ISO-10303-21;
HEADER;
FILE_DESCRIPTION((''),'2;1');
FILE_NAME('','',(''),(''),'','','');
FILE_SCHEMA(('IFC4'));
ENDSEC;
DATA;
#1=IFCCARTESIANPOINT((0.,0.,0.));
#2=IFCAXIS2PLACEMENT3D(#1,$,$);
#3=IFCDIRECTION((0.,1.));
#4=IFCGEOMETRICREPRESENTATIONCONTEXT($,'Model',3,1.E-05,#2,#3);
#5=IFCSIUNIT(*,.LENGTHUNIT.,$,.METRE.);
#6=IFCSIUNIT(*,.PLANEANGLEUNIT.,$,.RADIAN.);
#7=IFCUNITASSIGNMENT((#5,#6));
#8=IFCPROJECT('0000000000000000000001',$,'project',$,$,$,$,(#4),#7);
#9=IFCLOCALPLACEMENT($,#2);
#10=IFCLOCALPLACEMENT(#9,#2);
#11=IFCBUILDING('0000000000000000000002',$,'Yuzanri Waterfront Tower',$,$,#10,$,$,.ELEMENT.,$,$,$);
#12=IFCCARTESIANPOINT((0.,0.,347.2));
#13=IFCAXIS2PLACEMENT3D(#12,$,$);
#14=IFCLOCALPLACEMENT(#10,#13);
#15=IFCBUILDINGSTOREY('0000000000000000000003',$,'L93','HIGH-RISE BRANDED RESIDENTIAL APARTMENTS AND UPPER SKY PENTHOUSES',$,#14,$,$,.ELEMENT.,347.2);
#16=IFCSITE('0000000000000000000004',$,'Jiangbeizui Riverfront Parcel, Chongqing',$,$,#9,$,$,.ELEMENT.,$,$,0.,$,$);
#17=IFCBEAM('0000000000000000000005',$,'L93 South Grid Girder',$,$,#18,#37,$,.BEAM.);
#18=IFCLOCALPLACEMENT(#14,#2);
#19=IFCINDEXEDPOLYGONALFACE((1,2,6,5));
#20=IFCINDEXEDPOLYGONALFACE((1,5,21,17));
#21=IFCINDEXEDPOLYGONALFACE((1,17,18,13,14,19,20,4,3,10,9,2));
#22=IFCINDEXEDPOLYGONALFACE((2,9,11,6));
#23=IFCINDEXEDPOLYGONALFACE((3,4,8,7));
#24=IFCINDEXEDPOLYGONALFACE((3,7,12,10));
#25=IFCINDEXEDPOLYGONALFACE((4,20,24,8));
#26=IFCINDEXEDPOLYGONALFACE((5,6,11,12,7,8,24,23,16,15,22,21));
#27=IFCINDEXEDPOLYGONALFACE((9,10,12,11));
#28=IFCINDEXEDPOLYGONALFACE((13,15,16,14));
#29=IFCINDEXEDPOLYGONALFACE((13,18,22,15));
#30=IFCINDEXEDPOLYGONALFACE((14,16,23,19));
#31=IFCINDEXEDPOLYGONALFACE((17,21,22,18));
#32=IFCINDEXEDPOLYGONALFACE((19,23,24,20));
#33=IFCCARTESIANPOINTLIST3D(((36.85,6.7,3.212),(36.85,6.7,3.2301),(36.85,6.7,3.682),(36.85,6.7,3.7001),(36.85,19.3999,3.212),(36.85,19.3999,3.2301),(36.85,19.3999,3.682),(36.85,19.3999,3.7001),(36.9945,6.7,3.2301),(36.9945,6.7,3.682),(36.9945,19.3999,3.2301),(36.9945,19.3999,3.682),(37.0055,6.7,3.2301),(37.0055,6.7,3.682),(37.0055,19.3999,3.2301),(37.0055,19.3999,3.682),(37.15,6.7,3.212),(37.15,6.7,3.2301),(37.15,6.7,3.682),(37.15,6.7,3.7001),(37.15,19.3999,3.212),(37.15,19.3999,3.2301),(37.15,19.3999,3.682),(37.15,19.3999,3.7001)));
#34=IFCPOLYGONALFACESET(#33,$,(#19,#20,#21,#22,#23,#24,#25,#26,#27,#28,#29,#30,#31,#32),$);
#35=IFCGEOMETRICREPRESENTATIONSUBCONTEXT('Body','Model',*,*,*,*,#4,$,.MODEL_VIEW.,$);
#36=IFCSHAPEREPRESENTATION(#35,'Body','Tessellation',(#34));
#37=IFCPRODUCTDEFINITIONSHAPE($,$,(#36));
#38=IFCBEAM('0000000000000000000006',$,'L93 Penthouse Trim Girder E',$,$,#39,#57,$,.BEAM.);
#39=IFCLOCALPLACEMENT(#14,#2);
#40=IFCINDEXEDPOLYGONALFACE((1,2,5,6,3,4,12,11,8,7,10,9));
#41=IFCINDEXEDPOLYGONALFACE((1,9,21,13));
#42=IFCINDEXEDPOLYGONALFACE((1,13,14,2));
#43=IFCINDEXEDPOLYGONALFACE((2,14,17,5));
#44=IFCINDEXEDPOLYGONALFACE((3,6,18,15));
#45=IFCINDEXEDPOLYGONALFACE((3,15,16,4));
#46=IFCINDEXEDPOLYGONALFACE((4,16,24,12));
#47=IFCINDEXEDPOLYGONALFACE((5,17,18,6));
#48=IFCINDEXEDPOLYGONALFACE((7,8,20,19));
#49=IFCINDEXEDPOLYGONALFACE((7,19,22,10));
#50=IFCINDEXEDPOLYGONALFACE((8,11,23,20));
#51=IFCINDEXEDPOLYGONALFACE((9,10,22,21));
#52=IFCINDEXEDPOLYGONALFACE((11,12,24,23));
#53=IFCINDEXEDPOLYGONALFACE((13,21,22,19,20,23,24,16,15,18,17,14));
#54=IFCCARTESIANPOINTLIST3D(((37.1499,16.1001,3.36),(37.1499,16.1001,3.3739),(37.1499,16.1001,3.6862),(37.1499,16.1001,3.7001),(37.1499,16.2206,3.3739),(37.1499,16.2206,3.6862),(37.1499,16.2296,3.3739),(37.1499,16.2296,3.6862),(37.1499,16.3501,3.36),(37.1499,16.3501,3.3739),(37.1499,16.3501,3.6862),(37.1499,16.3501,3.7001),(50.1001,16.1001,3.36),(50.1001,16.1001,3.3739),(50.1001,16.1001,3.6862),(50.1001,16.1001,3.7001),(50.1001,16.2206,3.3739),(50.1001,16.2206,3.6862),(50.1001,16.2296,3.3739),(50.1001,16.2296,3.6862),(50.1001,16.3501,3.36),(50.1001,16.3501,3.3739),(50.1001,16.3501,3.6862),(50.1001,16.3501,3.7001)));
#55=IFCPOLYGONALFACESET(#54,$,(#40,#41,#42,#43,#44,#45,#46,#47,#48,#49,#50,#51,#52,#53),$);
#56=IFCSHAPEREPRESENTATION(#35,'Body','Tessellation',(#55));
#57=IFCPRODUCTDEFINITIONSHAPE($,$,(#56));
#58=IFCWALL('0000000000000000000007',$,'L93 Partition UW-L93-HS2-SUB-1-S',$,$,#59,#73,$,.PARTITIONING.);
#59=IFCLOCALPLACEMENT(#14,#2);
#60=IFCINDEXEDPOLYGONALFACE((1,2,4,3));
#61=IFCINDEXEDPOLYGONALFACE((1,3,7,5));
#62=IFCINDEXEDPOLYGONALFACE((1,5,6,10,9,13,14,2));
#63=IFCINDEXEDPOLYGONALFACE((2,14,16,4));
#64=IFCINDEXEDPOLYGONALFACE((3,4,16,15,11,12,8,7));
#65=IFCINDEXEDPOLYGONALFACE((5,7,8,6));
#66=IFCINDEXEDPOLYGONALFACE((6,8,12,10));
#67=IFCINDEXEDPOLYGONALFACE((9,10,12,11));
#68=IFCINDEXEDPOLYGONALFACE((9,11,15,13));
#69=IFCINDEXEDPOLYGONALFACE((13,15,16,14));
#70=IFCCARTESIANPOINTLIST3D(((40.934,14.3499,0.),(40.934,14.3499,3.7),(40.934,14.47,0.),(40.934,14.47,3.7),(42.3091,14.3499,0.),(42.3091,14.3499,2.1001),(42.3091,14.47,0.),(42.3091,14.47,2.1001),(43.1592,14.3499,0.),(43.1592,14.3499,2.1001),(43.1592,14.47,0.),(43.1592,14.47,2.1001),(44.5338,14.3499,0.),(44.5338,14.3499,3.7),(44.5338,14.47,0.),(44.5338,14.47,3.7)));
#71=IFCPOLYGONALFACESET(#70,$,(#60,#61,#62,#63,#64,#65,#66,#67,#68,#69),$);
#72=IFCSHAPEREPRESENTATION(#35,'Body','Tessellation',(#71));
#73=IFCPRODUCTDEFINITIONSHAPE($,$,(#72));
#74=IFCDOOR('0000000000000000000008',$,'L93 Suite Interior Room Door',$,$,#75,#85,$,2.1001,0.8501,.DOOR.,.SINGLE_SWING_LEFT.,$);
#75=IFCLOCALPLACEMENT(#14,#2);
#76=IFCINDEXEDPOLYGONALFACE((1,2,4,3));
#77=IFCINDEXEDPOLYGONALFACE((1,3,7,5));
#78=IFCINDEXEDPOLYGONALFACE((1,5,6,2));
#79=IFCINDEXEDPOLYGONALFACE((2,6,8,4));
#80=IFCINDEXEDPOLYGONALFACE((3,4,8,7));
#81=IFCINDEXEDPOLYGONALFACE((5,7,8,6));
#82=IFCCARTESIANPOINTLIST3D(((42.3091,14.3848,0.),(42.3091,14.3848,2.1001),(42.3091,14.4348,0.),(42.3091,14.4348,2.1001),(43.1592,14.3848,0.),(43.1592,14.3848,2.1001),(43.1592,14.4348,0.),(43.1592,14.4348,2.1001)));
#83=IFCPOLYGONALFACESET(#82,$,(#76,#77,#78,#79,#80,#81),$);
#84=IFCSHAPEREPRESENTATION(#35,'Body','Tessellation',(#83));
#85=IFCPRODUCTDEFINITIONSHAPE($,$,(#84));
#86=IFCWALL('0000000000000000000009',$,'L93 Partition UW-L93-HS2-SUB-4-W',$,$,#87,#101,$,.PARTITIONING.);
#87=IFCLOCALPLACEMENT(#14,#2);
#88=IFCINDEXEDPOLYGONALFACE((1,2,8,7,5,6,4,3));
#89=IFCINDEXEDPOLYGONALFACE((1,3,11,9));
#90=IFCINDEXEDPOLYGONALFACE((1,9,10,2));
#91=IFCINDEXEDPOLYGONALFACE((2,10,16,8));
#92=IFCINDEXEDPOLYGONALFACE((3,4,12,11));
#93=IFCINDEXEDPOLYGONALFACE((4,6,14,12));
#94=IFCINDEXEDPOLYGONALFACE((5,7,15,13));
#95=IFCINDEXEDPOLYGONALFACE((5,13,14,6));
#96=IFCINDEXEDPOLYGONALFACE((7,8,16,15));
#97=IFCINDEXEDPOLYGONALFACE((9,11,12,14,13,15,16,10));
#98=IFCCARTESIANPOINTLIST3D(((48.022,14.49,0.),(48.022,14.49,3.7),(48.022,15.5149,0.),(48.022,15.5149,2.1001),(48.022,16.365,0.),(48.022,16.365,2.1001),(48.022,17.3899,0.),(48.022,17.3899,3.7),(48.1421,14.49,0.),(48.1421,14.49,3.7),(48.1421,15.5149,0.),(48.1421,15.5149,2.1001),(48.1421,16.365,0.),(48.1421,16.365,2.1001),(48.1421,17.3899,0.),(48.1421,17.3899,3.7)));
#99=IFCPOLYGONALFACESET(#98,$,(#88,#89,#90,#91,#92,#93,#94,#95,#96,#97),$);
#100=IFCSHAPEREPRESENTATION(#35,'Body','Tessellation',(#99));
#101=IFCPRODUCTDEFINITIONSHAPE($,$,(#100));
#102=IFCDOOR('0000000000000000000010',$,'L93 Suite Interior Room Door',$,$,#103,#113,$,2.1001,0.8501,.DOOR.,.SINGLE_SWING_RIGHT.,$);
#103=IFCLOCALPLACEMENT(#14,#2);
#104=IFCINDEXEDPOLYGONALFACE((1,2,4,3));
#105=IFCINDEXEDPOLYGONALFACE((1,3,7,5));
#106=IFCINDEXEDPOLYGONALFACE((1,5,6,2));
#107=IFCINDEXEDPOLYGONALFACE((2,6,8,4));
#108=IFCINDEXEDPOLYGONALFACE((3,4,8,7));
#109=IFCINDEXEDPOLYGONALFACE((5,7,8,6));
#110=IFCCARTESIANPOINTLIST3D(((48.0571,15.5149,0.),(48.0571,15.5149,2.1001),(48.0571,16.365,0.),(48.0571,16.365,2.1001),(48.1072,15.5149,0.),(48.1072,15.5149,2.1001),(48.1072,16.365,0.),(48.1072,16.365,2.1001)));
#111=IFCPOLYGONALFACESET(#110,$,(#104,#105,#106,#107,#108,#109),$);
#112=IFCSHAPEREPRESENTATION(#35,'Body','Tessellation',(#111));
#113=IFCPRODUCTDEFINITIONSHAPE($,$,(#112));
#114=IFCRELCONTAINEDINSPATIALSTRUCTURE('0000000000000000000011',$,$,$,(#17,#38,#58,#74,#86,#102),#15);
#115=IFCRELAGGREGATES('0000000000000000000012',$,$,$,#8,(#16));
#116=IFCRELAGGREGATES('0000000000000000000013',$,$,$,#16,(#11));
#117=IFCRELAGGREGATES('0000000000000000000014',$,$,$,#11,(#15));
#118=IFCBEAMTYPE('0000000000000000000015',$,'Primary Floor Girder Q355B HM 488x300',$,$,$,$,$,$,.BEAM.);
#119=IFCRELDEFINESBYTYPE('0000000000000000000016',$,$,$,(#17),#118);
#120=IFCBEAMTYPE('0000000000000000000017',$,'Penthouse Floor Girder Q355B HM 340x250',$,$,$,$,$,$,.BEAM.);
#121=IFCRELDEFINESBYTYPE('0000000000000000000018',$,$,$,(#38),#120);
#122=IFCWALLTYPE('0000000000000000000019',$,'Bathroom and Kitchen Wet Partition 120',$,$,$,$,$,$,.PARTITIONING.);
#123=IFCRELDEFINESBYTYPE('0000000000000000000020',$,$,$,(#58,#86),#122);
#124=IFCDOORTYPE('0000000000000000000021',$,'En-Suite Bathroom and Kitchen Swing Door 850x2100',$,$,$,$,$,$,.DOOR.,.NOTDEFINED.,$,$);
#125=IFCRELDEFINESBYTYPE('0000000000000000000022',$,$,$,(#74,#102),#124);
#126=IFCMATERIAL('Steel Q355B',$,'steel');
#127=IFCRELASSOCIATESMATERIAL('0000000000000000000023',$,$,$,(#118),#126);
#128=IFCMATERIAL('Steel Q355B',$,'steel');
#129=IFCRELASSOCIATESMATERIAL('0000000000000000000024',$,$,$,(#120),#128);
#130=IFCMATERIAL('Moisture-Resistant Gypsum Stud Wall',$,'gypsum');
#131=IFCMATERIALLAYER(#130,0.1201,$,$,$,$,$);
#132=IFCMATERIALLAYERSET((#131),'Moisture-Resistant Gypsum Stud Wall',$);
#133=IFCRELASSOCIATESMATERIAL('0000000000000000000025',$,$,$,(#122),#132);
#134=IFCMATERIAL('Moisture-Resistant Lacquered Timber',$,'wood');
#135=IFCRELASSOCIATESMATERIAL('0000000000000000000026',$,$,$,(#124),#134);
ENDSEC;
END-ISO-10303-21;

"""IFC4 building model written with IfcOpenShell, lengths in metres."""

from ifc_helpers import new_model, si_unit, direction, frame, frame_2d, origin, origin_2d, place, context, subcontext, project, spatial, rectangle, i_section, extrude, source, transform, mapped, material, layer, layer_set, material_profile, profile_set, type_object, element, fill, save


model = new_model("IFC4")

# Units and contexts
model_context = context("Model", 3, precision=1e-05, world=origin(), true_north=direction((0.0, 1.0)))
body_context = subcontext(model_context, "Body", "Model", "MODEL_VIEW")
ifc_project = project(units=[si_unit("LENGTHUNIT", "METRE"), si_unit("PLANEANGLEUNIT", "RADIAN")], contexts=[model_context])

# Site, building, storey
site_placement = place(None, origin())
site = spatial("IfcSite", under=ifc_project, at=site_placement, Name="Jiangbeizui Riverfront Parcel, Chongqing", CompositionType="ELEMENT", RefElevation=0.0)
building_placement = place(site_placement, origin())
building = spatial("IfcBuilding", under=site, at=building_placement, Name="Yuzanri Waterfront Tower", CompositionType="ELEMENT")
storey_placement = place(building_placement, frame((0.0, 0.0, 347.2)))
storey = spatial("IfcBuildingStorey", under=building, at=storey_placement, Name="L93", Description="HIGH-RISE BRANDED RESIDENTIAL APARTMENTS AND UPPER SKY PENTHOUSES", CompositionType="ELEMENT", Elevation=347.2)

# Beams
ifc_material_1 = material(Name="Steel Q355B", Category="steel")
ifc_material_profile_1 = material_profile(ifc_material_1, i_section(OverallWidth=0.3, OverallDepth=0.488, WebThickness=0.011, FlangeThickness=0.0181, at=origin_2d()), Name="HM 488x300x11x18")
ifc_profile_set_1 = profile_set([ifc_material_profile_1], Name="Steel Q355B")
beam_type_1 = type_object("IfcBeamType", Name="Primary Floor Girder Q355B HM 488x300", PredefinedType="BEAM", material=ifc_profile_set_1)
shared_shape_1 = source(origin(), body_context, "Body", "SweptSolid", [
    extrude(i_section(OverallWidth=0.3, OverallDepth=0.488, WebThickness=0.011, FlangeThickness=0.0181, at=origin_2d()), origin(), (0.0, 0.0, 1.0), 12.7),
])
beam_1_placement = place(storey_placement, frame((37.0, 19.3999, 3.4561), z_axis=(0.0, -1.0, 0.0), x_axis=(1.0, 0.0, 0.0)))
element("IfcBeam", 1, at=beam_1_placement, inside=storey, type_object=beam_type_1, Name="L93 South Grid Girder", PredefinedType="BEAM", context=body_context, shape_type="MappedRepresentation", body=[
    mapped(shared_shape_1, transform((0.0, 0.0, 0.0), scale=1.0)),
])
ifc_material_2 = material(Name="Steel Q355B", Category="steel")
ifc_material_profile_2 = material_profile(ifc_material_2, i_section(OverallWidth=0.25, OverallDepth=0.3401, WebThickness=0.009, FlangeThickness=0.0139, at=origin_2d()), Name="HM 340x250x9x14")
ifc_profile_set_2 = profile_set([ifc_material_profile_2], Name="Steel Q355B")
beam_type_2 = type_object("IfcBeamType", Name="Penthouse Floor Girder Q355B HM 340x250", PredefinedType="BEAM", material=ifc_profile_set_2)
shared_shape_2 = source(origin(), body_context, "Body", "SweptSolid", [
    extrude(i_section(OverallWidth=0.25, OverallDepth=0.3401, WebThickness=0.009, FlangeThickness=0.0139, at=origin_2d()), origin(), (0.0, 0.0, 1.0), 12.9502),
])
beam_2_placement = place(storey_placement, frame((37.1499, 16.2251, 3.53), z_axis=(1.0, 0.0, 0.0), x_axis=(0.0, 1.0, 0.0)))
element("IfcBeam", 2, at=beam_2_placement, inside=storey, type_object=beam_type_2, Name="L93 Penthouse Trim Girder E", PredefinedType="BEAM", context=body_context, shape_type="MappedRepresentation", body=[
    mapped(shared_shape_2, transform((0.0, 0.0, 0.0), scale=1.0)),
])

# Walls, openings, doors
ifc_material_3 = material(Name="Moisture-Resistant Gypsum Stud Wall", Category="gypsum")
ifc_layer_1 = layer(ifc_material_3, 0.1201)
ifc_layer_set_1 = layer_set([ifc_layer_1], Name="Moisture-Resistant Gypsum Stud Wall")
wall_type_1 = type_object("IfcWallType", Name="Bathroom and Kitchen Wet Partition 120", PredefinedType="PARTITIONING", material=ifc_layer_set_1)
wall_1_placement = place(storey_placement, frame((40.9341, 14.4099, 0.0), z_axis=(0.0, 0.0, 1.0), x_axis=(1.0, 0.0, 0.0)))
wall_1 = element("IfcWall", 3, at=wall_1_placement, inside=storey, type_object=wall_type_1, Name="L93 Partition UW-L93-HS2-SUB-1-S", PredefinedType="PARTITIONING", context=body_context, shape_type="SweptSolid", body=[
    extrude(rectangle(XDim=3.5999, YDim=0.1201, at=frame_2d((1.7998, 0.0))), origin(), (0.0, 0.0, 1.0), 3.7),
])
opening_1_placement = place(wall_1_placement, frame((1.375, 0.0, 0.0)))
opening_1 = element("IfcOpeningElement", 4, at=opening_1_placement, cuts=wall_1, PredefinedType="OPENING", context=body_context, shape_type="SweptSolid", body=[
    extrude(rectangle(XDim=0.8501, YDim=2.1001, at=frame_2d((0.425, 1.05))), frame((0.0, 0.075, 0.0), z_axis=(0.0, -1.0, 0.0), x_axis=(1.0, 0.0, 0.0)), (0.0, 0.0, 1.0), 0.1499),
])
ifc_material_4 = material(Name="Moisture-Resistant Lacquered Timber", Category="wood")
door_type_1 = type_object("IfcDoorType", Name="En-Suite Bathroom and Kitchen Swing Door 850x2100", OperationType="NOTDEFINED", PredefinedType="DOOR", material=ifc_material_4)
shared_shape_3 = source(origin(), body_context, "Body", "SweptSolid", [
    extrude(rectangle(XDim=0.8501, YDim=2.1001, at=frame_2d((0.425, 1.05))), frame((0.0, 0.0249, 0.0), z_axis=(0.0, -1.0, 0.0), x_axis=(1.0, 0.0, 0.0)), (0.0, 0.0, 1.0), 0.05),
])
door_1_placement = place(opening_1_placement, origin())
door_1 = element("IfcDoor", 5, at=door_1_placement, inside=storey, type_object=door_type_1, Name="L93 Suite Interior Room Door", OperationType="SINGLE_SWING_LEFT", OverallHeight=2.1001, OverallWidth=0.8501, PredefinedType="DOOR", context=body_context, shape_type="MappedRepresentation", body=[
    mapped(shared_shape_3, transform((0.0, 0.0, 0.0), scale=1.0)),
])
fill(opening_1, door_1)
wall_2_placement = place(storey_placement, frame((48.082, 14.49, 0.0), z_axis=(0.0, 0.0, 1.0), x_axis=(0.0, 1.0, 0.0)))
wall_2 = element("IfcWall", 6, at=wall_2_placement, inside=storey, type_object=wall_type_1, Name="L93 Partition UW-L93-HS2-SUB-4-W", PredefinedType="PARTITIONING", context=body_context, shape_type="SweptSolid", body=[
    extrude(rectangle(XDim=2.8999, YDim=0.1201, at=frame_2d((1.45, 0.0))), origin(), (0.0, 0.0, 1.0), 3.7),
])
opening_2_placement = place(wall_2_placement, frame((1.0249, 0.0, 0.0)))
opening_2 = element("IfcOpeningElement", 7, at=opening_2_placement, cuts=wall_2, PredefinedType="OPENING", context=body_context, shape_type="SweptSolid", body=[
    extrude(rectangle(XDim=0.8501, YDim=2.1001, at=frame_2d((0.425, 1.05))), frame((0.0, 0.075, 0.0), z_axis=(0.0, -1.0, 0.0), x_axis=(1.0, 0.0, 0.0)), (0.0, 0.0, 1.0), 0.1499),
])
door_2_placement = place(opening_2_placement, origin())
door_2 = element("IfcDoor", 8, at=door_2_placement, inside=storey, type_object=door_type_1, Name="L93 Suite Interior Room Door", OperationType="SINGLE_SWING_RIGHT", OverallHeight=2.1001, OverallWidth=0.8501, PredefinedType="DOOR", context=body_context, shape_type="MappedRepresentation", body=[
    mapped(shared_shape_3, transform((0.0, 0.0, 0.0), scale=1.0)),
])
fill(opening_2, door_2)

save(model, "model.ifc")
